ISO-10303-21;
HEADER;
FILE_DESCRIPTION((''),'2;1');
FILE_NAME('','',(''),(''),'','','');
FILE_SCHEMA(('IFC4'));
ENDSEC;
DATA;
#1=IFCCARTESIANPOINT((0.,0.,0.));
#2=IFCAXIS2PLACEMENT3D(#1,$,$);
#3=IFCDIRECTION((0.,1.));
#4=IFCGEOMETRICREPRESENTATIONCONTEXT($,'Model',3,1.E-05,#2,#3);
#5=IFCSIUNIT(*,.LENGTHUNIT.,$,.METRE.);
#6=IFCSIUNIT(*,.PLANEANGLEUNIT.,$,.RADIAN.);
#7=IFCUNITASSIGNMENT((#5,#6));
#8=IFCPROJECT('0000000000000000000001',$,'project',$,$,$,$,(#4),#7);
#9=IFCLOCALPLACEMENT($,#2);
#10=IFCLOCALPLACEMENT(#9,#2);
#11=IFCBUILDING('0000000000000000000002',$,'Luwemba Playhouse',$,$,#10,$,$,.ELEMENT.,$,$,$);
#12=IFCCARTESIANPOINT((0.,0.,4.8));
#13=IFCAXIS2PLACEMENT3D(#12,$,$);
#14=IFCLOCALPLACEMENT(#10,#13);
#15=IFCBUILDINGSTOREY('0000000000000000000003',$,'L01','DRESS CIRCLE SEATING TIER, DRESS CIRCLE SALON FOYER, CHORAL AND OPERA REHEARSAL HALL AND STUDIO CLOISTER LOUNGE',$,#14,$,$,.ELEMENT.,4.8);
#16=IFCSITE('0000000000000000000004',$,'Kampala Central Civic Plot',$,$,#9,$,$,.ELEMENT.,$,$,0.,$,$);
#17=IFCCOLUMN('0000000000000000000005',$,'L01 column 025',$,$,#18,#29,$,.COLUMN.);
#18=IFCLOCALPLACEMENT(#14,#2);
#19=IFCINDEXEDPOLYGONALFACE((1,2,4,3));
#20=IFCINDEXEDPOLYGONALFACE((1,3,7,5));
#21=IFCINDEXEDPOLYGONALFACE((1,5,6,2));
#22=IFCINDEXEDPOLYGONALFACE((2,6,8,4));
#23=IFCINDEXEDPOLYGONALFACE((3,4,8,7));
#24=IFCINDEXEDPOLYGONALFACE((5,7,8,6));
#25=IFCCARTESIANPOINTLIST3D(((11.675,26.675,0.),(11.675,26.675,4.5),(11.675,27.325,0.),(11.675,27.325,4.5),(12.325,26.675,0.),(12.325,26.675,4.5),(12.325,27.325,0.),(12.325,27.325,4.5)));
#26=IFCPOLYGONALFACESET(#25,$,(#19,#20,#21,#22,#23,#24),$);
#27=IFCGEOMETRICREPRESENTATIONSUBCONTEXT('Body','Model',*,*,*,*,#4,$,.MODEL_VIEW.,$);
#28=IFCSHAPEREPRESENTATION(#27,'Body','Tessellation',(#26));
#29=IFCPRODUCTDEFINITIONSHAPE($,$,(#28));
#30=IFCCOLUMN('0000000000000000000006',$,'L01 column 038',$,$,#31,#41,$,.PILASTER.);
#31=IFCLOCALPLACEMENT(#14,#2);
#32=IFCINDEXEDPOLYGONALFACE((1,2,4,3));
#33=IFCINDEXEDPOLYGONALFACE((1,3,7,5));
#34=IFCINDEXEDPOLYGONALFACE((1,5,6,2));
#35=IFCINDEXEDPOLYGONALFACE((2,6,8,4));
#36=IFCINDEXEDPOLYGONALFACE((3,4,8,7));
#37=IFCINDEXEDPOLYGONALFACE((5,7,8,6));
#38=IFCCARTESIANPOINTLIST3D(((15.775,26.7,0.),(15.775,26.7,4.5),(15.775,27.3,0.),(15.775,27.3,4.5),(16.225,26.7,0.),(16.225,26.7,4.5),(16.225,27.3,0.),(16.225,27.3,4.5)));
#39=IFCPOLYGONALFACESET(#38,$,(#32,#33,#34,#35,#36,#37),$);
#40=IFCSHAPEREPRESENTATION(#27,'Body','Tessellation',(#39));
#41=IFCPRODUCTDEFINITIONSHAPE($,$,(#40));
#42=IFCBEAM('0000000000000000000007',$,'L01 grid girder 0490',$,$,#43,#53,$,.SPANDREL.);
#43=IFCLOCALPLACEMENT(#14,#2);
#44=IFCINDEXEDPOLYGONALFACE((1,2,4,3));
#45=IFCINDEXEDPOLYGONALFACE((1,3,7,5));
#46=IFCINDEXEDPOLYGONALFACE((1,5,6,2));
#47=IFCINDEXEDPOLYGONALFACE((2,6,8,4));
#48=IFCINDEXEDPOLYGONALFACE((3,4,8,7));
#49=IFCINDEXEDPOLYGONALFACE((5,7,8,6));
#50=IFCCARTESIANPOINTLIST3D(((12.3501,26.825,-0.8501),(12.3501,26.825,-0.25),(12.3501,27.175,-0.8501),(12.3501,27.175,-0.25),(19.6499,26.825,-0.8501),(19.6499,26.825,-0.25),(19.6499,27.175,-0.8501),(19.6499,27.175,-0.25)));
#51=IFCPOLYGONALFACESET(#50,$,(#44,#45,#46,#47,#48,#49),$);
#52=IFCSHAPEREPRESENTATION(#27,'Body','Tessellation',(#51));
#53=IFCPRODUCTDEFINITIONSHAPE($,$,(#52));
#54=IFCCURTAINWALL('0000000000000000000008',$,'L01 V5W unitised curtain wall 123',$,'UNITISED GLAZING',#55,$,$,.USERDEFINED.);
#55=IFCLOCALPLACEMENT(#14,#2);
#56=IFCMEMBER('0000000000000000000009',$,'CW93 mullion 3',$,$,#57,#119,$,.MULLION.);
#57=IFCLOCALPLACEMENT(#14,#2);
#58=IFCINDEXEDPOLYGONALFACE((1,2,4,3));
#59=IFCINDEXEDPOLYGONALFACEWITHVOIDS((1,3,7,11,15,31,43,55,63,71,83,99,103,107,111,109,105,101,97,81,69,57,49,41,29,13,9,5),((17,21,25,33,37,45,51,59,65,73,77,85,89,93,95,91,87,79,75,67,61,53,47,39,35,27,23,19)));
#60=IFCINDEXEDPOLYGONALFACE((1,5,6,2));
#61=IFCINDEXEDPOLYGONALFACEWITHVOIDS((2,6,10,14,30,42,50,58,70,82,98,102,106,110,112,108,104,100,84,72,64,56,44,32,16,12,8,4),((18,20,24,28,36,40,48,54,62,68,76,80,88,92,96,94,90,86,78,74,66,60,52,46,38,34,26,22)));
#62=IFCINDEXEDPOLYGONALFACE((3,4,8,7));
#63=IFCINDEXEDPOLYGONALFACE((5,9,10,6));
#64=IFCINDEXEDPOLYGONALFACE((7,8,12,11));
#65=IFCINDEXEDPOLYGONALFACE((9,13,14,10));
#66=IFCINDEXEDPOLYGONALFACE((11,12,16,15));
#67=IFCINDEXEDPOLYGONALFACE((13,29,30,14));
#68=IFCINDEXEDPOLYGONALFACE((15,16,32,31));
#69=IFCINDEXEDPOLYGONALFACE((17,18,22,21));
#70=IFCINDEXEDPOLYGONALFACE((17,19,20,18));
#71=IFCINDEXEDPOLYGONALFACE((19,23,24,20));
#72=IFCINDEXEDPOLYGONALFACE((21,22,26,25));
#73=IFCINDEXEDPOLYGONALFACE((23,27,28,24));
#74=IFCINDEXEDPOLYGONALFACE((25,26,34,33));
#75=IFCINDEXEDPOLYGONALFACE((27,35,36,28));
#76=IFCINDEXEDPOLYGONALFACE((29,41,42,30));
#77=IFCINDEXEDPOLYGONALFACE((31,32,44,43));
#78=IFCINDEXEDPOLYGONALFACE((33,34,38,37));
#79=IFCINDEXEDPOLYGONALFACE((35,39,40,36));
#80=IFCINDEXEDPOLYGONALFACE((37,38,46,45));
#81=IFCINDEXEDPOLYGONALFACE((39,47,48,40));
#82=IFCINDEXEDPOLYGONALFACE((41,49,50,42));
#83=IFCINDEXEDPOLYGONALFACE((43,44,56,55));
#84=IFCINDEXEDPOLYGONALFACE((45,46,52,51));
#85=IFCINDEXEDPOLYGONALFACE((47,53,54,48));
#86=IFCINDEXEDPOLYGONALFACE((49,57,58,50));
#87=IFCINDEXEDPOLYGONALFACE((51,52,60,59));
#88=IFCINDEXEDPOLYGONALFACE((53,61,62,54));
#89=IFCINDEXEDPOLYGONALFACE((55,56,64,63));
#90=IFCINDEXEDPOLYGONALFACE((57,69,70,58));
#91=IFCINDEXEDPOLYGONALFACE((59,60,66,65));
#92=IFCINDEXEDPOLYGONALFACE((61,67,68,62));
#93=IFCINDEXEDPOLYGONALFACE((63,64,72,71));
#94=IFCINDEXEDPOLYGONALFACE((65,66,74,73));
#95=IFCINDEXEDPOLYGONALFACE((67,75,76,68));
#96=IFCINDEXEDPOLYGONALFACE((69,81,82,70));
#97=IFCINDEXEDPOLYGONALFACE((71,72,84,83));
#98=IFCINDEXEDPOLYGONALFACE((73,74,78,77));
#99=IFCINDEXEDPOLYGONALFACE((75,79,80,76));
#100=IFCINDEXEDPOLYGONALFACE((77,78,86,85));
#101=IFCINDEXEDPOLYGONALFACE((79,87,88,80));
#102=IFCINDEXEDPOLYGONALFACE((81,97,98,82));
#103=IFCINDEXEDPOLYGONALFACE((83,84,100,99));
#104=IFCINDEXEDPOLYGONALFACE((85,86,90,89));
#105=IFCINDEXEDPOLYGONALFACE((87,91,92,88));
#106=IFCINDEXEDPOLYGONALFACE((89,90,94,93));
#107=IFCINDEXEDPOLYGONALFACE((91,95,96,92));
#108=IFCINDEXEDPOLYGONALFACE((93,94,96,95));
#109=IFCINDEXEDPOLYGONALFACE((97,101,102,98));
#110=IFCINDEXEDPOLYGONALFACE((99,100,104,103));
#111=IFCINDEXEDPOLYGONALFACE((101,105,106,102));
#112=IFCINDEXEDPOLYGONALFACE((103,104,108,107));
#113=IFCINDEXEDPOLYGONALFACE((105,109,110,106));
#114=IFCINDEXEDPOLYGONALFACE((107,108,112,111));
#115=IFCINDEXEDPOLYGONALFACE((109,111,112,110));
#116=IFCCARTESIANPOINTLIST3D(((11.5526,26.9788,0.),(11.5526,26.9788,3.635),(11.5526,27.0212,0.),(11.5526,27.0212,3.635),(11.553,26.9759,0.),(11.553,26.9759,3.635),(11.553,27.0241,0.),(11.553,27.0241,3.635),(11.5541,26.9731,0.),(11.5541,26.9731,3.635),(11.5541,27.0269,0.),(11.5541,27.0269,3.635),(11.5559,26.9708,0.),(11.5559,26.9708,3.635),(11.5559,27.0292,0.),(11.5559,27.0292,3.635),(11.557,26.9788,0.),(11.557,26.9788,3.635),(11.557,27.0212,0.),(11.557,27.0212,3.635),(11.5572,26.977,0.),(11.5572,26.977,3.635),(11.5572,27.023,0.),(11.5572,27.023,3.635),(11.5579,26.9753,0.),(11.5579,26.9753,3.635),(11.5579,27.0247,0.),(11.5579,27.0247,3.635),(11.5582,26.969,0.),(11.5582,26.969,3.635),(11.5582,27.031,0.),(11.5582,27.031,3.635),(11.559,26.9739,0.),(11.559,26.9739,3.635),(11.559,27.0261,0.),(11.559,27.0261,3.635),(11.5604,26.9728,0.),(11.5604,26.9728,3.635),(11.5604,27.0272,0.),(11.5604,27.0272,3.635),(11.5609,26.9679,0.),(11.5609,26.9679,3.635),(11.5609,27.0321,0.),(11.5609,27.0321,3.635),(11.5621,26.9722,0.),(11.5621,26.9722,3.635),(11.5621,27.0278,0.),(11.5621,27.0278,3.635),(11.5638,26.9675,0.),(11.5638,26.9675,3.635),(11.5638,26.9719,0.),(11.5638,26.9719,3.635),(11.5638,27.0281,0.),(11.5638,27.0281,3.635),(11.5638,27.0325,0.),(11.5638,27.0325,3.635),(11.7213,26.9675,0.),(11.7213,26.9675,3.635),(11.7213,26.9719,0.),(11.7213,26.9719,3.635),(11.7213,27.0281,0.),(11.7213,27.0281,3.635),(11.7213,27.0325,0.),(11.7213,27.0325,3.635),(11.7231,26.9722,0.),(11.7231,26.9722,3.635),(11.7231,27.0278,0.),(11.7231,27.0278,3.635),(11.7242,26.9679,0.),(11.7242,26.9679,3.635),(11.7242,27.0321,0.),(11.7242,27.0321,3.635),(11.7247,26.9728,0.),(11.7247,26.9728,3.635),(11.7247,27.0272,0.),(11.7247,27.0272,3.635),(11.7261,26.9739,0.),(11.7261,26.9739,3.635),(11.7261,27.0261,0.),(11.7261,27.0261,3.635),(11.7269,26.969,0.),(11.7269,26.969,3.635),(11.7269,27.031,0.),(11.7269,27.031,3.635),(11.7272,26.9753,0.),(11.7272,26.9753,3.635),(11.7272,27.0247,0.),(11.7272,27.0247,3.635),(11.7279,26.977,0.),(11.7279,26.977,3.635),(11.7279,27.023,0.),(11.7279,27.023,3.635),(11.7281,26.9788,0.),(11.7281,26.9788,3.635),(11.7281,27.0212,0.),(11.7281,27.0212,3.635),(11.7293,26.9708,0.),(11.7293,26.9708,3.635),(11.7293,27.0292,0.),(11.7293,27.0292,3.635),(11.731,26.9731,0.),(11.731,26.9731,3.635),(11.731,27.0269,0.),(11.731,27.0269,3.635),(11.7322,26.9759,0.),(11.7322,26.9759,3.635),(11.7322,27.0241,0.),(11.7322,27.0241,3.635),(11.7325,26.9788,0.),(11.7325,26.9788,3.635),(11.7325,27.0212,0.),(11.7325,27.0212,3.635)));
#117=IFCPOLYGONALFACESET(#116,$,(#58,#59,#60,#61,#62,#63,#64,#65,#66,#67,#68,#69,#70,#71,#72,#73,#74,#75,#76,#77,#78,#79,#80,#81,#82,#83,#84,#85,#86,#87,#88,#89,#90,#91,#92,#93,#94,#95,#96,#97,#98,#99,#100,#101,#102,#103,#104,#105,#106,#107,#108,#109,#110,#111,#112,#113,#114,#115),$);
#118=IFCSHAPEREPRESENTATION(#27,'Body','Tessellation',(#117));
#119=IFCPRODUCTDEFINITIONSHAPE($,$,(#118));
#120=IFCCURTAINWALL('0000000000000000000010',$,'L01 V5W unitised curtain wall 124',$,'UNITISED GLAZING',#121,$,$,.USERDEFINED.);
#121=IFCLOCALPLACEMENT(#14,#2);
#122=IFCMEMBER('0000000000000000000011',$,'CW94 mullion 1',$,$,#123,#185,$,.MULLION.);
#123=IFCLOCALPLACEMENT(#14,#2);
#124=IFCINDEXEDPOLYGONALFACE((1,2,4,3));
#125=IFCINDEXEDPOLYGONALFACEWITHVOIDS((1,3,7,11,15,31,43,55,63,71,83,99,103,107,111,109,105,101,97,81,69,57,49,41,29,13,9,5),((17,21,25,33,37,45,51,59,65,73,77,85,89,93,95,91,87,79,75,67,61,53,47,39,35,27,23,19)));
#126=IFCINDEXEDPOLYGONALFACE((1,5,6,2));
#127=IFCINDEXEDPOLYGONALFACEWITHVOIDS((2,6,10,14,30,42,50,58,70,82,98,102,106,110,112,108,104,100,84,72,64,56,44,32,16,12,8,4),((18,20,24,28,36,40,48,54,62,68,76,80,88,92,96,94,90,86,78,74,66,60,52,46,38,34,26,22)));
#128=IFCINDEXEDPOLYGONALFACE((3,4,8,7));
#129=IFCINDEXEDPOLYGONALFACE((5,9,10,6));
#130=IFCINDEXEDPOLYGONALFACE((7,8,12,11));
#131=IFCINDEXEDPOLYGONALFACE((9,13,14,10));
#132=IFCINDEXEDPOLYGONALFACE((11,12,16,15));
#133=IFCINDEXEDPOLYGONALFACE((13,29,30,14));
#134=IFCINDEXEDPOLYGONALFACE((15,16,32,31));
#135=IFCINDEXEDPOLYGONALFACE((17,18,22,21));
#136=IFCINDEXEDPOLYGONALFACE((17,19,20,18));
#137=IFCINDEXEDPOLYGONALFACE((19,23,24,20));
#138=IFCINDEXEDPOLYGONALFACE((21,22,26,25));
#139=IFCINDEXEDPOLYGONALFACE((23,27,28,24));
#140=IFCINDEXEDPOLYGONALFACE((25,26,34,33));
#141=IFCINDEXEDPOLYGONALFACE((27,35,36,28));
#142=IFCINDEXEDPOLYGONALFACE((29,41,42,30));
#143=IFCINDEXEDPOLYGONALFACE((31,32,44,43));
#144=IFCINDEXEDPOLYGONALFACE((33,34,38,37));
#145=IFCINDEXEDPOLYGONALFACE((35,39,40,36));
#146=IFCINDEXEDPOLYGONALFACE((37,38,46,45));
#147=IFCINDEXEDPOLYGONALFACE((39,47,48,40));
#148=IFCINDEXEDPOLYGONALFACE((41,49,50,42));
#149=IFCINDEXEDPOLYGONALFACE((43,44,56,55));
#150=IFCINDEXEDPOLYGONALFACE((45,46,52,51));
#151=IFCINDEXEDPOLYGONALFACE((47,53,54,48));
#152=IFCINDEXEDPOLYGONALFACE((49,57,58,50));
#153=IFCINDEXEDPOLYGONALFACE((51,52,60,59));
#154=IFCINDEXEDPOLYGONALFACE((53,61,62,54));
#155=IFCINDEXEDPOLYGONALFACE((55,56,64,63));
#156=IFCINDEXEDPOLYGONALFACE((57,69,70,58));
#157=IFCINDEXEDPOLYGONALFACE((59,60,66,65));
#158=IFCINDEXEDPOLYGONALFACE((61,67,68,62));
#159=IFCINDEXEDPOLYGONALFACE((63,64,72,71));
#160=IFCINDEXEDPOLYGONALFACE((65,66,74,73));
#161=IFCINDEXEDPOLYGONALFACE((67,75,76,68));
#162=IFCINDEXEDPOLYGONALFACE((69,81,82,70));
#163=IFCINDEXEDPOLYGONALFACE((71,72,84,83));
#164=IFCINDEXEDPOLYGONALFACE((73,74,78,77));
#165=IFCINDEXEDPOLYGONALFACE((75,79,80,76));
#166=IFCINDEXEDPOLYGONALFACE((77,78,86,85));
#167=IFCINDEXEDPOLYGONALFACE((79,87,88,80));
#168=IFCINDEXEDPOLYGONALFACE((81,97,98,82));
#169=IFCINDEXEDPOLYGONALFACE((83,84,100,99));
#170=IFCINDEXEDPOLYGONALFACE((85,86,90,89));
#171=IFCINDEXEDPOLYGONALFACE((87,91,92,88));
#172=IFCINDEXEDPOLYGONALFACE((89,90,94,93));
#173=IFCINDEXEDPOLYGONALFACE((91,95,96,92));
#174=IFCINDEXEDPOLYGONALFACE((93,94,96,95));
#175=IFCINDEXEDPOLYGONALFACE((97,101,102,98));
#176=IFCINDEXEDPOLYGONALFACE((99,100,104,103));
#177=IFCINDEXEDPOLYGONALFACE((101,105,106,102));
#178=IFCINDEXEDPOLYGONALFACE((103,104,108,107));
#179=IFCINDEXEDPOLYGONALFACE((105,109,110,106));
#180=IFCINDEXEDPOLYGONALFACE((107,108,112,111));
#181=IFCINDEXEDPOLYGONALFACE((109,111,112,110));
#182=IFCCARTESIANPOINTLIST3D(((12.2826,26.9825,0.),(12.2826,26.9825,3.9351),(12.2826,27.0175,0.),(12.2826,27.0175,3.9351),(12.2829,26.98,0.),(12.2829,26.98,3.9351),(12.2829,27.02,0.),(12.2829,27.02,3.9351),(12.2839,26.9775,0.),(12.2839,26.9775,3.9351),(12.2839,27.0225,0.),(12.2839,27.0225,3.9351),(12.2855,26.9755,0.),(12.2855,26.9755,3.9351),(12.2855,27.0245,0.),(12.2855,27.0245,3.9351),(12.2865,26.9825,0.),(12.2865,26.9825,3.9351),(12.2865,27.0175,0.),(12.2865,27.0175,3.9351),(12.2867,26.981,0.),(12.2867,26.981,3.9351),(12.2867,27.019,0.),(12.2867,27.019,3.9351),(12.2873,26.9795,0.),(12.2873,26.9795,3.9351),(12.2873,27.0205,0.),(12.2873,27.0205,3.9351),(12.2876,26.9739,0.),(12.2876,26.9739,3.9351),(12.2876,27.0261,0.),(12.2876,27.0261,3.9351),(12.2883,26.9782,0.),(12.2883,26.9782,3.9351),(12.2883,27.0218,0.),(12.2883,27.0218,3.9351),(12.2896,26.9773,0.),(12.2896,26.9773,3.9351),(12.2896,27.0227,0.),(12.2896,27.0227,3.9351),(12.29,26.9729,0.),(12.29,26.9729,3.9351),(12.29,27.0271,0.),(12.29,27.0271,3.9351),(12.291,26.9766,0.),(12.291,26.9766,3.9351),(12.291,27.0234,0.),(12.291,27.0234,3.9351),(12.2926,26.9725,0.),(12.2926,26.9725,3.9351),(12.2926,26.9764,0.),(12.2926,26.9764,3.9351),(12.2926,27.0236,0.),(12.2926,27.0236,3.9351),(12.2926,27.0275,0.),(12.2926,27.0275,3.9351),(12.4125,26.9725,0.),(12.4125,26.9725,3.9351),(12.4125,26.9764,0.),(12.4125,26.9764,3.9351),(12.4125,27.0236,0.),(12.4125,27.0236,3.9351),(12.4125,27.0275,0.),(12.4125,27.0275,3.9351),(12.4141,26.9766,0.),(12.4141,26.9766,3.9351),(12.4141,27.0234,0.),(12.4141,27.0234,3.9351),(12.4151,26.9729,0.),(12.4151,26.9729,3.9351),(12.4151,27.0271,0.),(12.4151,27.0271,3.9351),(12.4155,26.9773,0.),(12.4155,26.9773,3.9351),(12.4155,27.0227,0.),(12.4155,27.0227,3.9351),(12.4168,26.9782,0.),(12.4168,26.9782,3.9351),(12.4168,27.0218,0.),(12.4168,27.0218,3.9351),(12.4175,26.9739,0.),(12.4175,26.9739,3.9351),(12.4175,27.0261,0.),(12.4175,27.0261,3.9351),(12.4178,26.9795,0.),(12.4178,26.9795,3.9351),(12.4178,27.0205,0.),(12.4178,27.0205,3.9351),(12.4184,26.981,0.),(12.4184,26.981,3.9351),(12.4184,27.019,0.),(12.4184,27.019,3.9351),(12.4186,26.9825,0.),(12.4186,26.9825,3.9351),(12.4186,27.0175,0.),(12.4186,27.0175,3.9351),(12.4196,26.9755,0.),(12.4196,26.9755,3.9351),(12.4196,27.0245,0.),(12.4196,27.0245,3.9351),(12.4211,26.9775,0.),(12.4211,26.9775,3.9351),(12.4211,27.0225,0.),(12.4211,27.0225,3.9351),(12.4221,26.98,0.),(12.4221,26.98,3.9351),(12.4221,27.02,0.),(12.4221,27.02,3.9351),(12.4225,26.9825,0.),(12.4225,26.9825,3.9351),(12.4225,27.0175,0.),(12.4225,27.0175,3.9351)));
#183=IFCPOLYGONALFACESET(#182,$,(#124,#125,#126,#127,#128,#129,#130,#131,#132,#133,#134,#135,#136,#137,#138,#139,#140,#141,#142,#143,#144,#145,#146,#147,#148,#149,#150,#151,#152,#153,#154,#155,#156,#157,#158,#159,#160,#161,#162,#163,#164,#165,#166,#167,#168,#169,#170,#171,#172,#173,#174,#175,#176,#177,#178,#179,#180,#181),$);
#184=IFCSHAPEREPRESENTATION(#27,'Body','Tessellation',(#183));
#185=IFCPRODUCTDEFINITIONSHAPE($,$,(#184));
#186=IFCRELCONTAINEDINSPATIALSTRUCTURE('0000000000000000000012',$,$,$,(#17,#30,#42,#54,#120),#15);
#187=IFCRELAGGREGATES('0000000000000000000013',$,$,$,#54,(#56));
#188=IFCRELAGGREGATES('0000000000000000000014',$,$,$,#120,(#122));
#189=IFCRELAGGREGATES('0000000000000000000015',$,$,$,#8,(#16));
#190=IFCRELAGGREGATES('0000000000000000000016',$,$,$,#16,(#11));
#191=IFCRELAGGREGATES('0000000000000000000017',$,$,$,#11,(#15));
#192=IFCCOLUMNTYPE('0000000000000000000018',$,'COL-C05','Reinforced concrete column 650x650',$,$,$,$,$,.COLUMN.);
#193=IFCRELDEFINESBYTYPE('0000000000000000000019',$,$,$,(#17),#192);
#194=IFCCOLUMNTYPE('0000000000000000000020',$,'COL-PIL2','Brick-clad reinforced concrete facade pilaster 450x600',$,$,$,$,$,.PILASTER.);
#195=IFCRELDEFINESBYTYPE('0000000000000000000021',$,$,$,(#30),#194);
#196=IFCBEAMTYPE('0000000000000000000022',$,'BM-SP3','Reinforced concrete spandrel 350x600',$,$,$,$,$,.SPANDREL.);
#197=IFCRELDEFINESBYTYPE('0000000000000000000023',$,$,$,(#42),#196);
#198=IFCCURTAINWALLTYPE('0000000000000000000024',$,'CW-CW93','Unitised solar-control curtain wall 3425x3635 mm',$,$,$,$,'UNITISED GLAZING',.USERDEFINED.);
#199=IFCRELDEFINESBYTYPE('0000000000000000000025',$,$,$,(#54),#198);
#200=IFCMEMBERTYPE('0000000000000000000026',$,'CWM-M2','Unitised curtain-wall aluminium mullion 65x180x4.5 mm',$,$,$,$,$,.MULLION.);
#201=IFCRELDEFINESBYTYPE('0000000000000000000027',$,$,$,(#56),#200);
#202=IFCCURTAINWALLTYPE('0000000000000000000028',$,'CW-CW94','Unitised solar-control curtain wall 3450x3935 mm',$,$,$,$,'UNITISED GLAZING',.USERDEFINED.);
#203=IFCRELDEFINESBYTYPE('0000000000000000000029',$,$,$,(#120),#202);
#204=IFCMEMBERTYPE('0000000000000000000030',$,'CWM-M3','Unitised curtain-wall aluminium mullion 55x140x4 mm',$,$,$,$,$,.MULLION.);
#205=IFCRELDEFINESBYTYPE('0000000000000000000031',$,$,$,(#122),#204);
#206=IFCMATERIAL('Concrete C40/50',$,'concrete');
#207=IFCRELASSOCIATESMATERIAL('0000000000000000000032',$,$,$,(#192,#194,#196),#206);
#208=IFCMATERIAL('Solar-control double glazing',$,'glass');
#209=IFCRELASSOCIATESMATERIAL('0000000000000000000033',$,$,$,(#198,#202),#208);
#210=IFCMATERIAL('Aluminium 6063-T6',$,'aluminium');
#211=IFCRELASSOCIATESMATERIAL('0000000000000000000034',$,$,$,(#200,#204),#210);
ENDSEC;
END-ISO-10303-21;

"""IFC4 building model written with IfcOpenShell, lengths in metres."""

from ifc_helpers import new_model, si_unit, direction, frame, origin, origin_2d, place, context, subcontext, project, spatial, rectangle, hollow_rectangle, extrude, material, material_profile, profile_set, type_object, element, aggregate, save


model = new_model("IFC4")

# Units and contexts
model_context = context("Model", 3, precision=1e-05, world=origin(), true_north=direction((0.0, 1.0)))
body_context = subcontext(model_context, "Body", "Model", "MODEL_VIEW")
ifc_project = project(units=[si_unit("LENGTHUNIT", "METRE"), si_unit("PLANEANGLEUNIT", "RADIAN")], contexts=[model_context])

# Site, building, storey
site_placement = place(None, origin())
site = spatial("IfcSite", under=ifc_project, at=site_placement, Name="Kampala Central Civic Plot", CompositionType="ELEMENT", RefElevation=0.0)
building_placement = place(site_placement, origin())
building = spatial("IfcBuilding", under=site, at=building_placement, Name="Luwemba Playhouse", CompositionType="ELEMENT")
storey_placement = place(building_placement, frame((0.0, 0.0, 4.8)))
storey = spatial("IfcBuildingStorey", under=building, at=storey_placement, Name="L01", Description="DRESS CIRCLE SEATING TIER, DRESS CIRCLE SALON FOYER, CHORAL AND OPERA REHEARSAL HALL AND STUDIO CLOISTER LOUNGE", CompositionType="ELEMENT", Elevation=4.8)

# Columns
ifc_material_1 = material(Name="Concrete C40/50", Category="concrete")
ifc_material_profile_1 = material_profile(ifc_material_1, rectangle(XDim=0.6499, YDim=0.6499, at=origin_2d()))
ifc_profile_set_1 = profile_set([ifc_material_profile_1], Name="Concrete C40/50")
column_type_1 = type_object("IfcColumnType", Name="COL-C05", Description="Reinforced concrete column 650x650", PredefinedType="COLUMN", material=ifc_profile_set_1)
column_1_placement = place(storey_placement, frame((12.0, 27.0, 0.0), z_axis=(0.0, 0.0, 1.0), x_axis=(1.0, 0.0, 0.0)))
element("IfcColumn", 1, at=column_1_placement, inside=storey, type_object=column_type_1, Name="L01 column 025", PredefinedType="COLUMN", context=body_context, shape_type="SweptSolid", body=[
    extrude(rectangle(XDim=0.6499, YDim=0.6499, at=origin_2d()), origin(), (0.0, 0.0, 1.0), 4.5),
])
ifc_material_profile_2 = material_profile(ifc_material_1, rectangle(XDim=0.45, YDim=0.6001, at=origin_2d()))
ifc_profile_set_2 = profile_set([ifc_material_profile_2], Name="Concrete C40/50")
column_type_2 = type_object("IfcColumnType", Name="COL-PIL2", Description="Brick-clad reinforced concrete facade pilaster 450x600", PredefinedType="PILASTER", material=ifc_profile_set_2)
column_2_placement = place(storey_placement, frame((16.0, 27.0, 0.0), z_axis=(0.0, 0.0, 1.0), x_axis=(1.0, 0.0, 0.0)))
element("IfcColumn", 2, at=column_2_placement, inside=storey, type_object=column_type_2, Name="L01 column 038", PredefinedType="PILASTER", context=body_context, shape_type="SweptSolid", body=[
    extrude(rectangle(XDim=0.45, YDim=0.6001, at=origin_2d()), origin(), (0.0, 0.0, 1.0), 4.5),
])

# Beam
ifc_material_profile_3 = material_profile(ifc_material_1, rectangle(XDim=0.3501, YDim=0.6001, at=origin_2d()))
ifc_profile_set_3 = profile_set([ifc_material_profile_3], Name="Concrete C40/50")
beam_type = type_object("IfcBeamType", Name="BM-SP3", Description="Reinforced concrete spandrel 350x600", PredefinedType="SPANDREL", material=ifc_profile_set_3)
beam_placement = place(storey_placement, frame((12.3501, 27.0, -0.55), z_axis=(1.0, 0.0, 0.0), x_axis=(0.0, 1.0, 0.0)))
element("IfcBeam", 3, at=beam_placement, inside=storey, type_object=beam_type, Name="L01 grid girder 0490", PredefinedType="SPANDREL", context=body_context, shape_type="SweptSolid", body=[
    extrude(rectangle(XDim=0.3501, YDim=0.6001, at=origin_2d()), origin(), (0.0, 0.0, 1.0), 7.2998),
])

# Curtain wall, member
ifc_material_2 = material(Name="Solar-control double glazing", Category="glass")
curtain_wall_type_1 = type_object("IfcCurtainWallType", Name="CW-CW93", Description="Unitised solar-control curtain wall 3425x3635 mm", ElementType="UNITISED GLAZING", PredefinedType="USERDEFINED", material=ifc_material_2)
curtain_wall_1_placement = place(storey_placement, origin())
curtain_wall_1 = element("IfcCurtainWall", 4, at=curtain_wall_1_placement, inside=storey, type_object=curtain_wall_type_1, Name="L01 V5W unitised curtain wall 123", ObjectType="UNITISED GLAZING", PredefinedType="USERDEFINED")
ifc_material_3 = material(Name="Aluminium 6063-T6", Category="aluminium")
ifc_material_profile_4 = material_profile(ifc_material_3, hollow_rectangle(XDim=0.0649, YDim=0.1799, WallThickness=0.0044, InnerFilletRadius=0.0068, OuterFilletRadius=0.0112, at=origin_2d()))
ifc_profile_set_4 = profile_set([ifc_material_profile_4], Name="Aluminium 6063-T6")
member_type_1 = type_object("IfcMemberType", Name="CWM-M2", Description="Unitised curtain-wall aluminium mullion 65x180x4.5 mm", PredefinedType="MULLION", material=ifc_profile_set_4)
member_1_placement = place(storey_placement, frame((11.6426, 27.0, 0.0), z_axis=(0.0, 0.0, 1.0), x_axis=(0.0, 1.0, 0.0)))
member_1 = element("IfcMember", 5, at=member_1_placement, type_object=member_type_1, Name="CW93 mullion 3", PredefinedType="MULLION", context=body_context, shape_type="SweptSolid", body=[
    extrude(hollow_rectangle(XDim=0.0649, YDim=0.1799, WallThickness=0.0044, InnerFilletRadius=0.0068, OuterFilletRadius=0.0112, at=origin_2d()), origin(), (0.0, 0.0, 1.0), 3.635),
])

# Curtain wall, member
curtain_wall_type_2 = type_object("IfcCurtainWallType", Name="CW-CW94", Description="Unitised solar-control curtain wall 3450x3935 mm", ElementType="UNITISED GLAZING", PredefinedType="USERDEFINED", material=ifc_material_2)
curtain_wall_2_placement = place(storey_placement, origin())
curtain_wall_2 = element("IfcCurtainWall", 6, at=curtain_wall_2_placement, inside=storey, type_object=curtain_wall_type_2, Name="L01 V5W unitised curtain wall 124", ObjectType="UNITISED GLAZING", PredefinedType="USERDEFINED")
ifc_material_profile_5 = material_profile(ifc_material_3, hollow_rectangle(XDim=0.0549, YDim=0.1399, WallThickness=0.0039, InnerFilletRadius=0.0061, OuterFilletRadius=0.01, at=origin_2d()))
ifc_profile_set_5 = profile_set([ifc_material_profile_5], Name="Aluminium 6063-T6")
member_type_2 = type_object("IfcMemberType", Name="CWM-M3", Description="Unitised curtain-wall aluminium mullion 55x140x4 mm", PredefinedType="MULLION", material=ifc_profile_set_5)
member_2_placement = place(storey_placement, frame((12.3525, 27.0, 0.0), z_axis=(0.0, 0.0, 1.0), x_axis=(0.0, 1.0, 0.0)))
member_2 = element("IfcMember", 7, at=member_2_placement, type_object=member_type_2, Name="CW94 mullion 1", PredefinedType="MULLION", context=body_context, shape_type="SweptSolid", body=[
    extrude(hollow_rectangle(XDim=0.0549, YDim=0.1399, WallThickness=0.0039, InnerFilletRadius=0.0061, OuterFilletRadius=0.01, at=origin_2d()), origin(), (0.0, 0.0, 1.0), 3.9351),
])

aggregate(curtain_wall_1, [member_1])
aggregate(curtain_wall_2, [member_2])

save(model, "model.ifc")
